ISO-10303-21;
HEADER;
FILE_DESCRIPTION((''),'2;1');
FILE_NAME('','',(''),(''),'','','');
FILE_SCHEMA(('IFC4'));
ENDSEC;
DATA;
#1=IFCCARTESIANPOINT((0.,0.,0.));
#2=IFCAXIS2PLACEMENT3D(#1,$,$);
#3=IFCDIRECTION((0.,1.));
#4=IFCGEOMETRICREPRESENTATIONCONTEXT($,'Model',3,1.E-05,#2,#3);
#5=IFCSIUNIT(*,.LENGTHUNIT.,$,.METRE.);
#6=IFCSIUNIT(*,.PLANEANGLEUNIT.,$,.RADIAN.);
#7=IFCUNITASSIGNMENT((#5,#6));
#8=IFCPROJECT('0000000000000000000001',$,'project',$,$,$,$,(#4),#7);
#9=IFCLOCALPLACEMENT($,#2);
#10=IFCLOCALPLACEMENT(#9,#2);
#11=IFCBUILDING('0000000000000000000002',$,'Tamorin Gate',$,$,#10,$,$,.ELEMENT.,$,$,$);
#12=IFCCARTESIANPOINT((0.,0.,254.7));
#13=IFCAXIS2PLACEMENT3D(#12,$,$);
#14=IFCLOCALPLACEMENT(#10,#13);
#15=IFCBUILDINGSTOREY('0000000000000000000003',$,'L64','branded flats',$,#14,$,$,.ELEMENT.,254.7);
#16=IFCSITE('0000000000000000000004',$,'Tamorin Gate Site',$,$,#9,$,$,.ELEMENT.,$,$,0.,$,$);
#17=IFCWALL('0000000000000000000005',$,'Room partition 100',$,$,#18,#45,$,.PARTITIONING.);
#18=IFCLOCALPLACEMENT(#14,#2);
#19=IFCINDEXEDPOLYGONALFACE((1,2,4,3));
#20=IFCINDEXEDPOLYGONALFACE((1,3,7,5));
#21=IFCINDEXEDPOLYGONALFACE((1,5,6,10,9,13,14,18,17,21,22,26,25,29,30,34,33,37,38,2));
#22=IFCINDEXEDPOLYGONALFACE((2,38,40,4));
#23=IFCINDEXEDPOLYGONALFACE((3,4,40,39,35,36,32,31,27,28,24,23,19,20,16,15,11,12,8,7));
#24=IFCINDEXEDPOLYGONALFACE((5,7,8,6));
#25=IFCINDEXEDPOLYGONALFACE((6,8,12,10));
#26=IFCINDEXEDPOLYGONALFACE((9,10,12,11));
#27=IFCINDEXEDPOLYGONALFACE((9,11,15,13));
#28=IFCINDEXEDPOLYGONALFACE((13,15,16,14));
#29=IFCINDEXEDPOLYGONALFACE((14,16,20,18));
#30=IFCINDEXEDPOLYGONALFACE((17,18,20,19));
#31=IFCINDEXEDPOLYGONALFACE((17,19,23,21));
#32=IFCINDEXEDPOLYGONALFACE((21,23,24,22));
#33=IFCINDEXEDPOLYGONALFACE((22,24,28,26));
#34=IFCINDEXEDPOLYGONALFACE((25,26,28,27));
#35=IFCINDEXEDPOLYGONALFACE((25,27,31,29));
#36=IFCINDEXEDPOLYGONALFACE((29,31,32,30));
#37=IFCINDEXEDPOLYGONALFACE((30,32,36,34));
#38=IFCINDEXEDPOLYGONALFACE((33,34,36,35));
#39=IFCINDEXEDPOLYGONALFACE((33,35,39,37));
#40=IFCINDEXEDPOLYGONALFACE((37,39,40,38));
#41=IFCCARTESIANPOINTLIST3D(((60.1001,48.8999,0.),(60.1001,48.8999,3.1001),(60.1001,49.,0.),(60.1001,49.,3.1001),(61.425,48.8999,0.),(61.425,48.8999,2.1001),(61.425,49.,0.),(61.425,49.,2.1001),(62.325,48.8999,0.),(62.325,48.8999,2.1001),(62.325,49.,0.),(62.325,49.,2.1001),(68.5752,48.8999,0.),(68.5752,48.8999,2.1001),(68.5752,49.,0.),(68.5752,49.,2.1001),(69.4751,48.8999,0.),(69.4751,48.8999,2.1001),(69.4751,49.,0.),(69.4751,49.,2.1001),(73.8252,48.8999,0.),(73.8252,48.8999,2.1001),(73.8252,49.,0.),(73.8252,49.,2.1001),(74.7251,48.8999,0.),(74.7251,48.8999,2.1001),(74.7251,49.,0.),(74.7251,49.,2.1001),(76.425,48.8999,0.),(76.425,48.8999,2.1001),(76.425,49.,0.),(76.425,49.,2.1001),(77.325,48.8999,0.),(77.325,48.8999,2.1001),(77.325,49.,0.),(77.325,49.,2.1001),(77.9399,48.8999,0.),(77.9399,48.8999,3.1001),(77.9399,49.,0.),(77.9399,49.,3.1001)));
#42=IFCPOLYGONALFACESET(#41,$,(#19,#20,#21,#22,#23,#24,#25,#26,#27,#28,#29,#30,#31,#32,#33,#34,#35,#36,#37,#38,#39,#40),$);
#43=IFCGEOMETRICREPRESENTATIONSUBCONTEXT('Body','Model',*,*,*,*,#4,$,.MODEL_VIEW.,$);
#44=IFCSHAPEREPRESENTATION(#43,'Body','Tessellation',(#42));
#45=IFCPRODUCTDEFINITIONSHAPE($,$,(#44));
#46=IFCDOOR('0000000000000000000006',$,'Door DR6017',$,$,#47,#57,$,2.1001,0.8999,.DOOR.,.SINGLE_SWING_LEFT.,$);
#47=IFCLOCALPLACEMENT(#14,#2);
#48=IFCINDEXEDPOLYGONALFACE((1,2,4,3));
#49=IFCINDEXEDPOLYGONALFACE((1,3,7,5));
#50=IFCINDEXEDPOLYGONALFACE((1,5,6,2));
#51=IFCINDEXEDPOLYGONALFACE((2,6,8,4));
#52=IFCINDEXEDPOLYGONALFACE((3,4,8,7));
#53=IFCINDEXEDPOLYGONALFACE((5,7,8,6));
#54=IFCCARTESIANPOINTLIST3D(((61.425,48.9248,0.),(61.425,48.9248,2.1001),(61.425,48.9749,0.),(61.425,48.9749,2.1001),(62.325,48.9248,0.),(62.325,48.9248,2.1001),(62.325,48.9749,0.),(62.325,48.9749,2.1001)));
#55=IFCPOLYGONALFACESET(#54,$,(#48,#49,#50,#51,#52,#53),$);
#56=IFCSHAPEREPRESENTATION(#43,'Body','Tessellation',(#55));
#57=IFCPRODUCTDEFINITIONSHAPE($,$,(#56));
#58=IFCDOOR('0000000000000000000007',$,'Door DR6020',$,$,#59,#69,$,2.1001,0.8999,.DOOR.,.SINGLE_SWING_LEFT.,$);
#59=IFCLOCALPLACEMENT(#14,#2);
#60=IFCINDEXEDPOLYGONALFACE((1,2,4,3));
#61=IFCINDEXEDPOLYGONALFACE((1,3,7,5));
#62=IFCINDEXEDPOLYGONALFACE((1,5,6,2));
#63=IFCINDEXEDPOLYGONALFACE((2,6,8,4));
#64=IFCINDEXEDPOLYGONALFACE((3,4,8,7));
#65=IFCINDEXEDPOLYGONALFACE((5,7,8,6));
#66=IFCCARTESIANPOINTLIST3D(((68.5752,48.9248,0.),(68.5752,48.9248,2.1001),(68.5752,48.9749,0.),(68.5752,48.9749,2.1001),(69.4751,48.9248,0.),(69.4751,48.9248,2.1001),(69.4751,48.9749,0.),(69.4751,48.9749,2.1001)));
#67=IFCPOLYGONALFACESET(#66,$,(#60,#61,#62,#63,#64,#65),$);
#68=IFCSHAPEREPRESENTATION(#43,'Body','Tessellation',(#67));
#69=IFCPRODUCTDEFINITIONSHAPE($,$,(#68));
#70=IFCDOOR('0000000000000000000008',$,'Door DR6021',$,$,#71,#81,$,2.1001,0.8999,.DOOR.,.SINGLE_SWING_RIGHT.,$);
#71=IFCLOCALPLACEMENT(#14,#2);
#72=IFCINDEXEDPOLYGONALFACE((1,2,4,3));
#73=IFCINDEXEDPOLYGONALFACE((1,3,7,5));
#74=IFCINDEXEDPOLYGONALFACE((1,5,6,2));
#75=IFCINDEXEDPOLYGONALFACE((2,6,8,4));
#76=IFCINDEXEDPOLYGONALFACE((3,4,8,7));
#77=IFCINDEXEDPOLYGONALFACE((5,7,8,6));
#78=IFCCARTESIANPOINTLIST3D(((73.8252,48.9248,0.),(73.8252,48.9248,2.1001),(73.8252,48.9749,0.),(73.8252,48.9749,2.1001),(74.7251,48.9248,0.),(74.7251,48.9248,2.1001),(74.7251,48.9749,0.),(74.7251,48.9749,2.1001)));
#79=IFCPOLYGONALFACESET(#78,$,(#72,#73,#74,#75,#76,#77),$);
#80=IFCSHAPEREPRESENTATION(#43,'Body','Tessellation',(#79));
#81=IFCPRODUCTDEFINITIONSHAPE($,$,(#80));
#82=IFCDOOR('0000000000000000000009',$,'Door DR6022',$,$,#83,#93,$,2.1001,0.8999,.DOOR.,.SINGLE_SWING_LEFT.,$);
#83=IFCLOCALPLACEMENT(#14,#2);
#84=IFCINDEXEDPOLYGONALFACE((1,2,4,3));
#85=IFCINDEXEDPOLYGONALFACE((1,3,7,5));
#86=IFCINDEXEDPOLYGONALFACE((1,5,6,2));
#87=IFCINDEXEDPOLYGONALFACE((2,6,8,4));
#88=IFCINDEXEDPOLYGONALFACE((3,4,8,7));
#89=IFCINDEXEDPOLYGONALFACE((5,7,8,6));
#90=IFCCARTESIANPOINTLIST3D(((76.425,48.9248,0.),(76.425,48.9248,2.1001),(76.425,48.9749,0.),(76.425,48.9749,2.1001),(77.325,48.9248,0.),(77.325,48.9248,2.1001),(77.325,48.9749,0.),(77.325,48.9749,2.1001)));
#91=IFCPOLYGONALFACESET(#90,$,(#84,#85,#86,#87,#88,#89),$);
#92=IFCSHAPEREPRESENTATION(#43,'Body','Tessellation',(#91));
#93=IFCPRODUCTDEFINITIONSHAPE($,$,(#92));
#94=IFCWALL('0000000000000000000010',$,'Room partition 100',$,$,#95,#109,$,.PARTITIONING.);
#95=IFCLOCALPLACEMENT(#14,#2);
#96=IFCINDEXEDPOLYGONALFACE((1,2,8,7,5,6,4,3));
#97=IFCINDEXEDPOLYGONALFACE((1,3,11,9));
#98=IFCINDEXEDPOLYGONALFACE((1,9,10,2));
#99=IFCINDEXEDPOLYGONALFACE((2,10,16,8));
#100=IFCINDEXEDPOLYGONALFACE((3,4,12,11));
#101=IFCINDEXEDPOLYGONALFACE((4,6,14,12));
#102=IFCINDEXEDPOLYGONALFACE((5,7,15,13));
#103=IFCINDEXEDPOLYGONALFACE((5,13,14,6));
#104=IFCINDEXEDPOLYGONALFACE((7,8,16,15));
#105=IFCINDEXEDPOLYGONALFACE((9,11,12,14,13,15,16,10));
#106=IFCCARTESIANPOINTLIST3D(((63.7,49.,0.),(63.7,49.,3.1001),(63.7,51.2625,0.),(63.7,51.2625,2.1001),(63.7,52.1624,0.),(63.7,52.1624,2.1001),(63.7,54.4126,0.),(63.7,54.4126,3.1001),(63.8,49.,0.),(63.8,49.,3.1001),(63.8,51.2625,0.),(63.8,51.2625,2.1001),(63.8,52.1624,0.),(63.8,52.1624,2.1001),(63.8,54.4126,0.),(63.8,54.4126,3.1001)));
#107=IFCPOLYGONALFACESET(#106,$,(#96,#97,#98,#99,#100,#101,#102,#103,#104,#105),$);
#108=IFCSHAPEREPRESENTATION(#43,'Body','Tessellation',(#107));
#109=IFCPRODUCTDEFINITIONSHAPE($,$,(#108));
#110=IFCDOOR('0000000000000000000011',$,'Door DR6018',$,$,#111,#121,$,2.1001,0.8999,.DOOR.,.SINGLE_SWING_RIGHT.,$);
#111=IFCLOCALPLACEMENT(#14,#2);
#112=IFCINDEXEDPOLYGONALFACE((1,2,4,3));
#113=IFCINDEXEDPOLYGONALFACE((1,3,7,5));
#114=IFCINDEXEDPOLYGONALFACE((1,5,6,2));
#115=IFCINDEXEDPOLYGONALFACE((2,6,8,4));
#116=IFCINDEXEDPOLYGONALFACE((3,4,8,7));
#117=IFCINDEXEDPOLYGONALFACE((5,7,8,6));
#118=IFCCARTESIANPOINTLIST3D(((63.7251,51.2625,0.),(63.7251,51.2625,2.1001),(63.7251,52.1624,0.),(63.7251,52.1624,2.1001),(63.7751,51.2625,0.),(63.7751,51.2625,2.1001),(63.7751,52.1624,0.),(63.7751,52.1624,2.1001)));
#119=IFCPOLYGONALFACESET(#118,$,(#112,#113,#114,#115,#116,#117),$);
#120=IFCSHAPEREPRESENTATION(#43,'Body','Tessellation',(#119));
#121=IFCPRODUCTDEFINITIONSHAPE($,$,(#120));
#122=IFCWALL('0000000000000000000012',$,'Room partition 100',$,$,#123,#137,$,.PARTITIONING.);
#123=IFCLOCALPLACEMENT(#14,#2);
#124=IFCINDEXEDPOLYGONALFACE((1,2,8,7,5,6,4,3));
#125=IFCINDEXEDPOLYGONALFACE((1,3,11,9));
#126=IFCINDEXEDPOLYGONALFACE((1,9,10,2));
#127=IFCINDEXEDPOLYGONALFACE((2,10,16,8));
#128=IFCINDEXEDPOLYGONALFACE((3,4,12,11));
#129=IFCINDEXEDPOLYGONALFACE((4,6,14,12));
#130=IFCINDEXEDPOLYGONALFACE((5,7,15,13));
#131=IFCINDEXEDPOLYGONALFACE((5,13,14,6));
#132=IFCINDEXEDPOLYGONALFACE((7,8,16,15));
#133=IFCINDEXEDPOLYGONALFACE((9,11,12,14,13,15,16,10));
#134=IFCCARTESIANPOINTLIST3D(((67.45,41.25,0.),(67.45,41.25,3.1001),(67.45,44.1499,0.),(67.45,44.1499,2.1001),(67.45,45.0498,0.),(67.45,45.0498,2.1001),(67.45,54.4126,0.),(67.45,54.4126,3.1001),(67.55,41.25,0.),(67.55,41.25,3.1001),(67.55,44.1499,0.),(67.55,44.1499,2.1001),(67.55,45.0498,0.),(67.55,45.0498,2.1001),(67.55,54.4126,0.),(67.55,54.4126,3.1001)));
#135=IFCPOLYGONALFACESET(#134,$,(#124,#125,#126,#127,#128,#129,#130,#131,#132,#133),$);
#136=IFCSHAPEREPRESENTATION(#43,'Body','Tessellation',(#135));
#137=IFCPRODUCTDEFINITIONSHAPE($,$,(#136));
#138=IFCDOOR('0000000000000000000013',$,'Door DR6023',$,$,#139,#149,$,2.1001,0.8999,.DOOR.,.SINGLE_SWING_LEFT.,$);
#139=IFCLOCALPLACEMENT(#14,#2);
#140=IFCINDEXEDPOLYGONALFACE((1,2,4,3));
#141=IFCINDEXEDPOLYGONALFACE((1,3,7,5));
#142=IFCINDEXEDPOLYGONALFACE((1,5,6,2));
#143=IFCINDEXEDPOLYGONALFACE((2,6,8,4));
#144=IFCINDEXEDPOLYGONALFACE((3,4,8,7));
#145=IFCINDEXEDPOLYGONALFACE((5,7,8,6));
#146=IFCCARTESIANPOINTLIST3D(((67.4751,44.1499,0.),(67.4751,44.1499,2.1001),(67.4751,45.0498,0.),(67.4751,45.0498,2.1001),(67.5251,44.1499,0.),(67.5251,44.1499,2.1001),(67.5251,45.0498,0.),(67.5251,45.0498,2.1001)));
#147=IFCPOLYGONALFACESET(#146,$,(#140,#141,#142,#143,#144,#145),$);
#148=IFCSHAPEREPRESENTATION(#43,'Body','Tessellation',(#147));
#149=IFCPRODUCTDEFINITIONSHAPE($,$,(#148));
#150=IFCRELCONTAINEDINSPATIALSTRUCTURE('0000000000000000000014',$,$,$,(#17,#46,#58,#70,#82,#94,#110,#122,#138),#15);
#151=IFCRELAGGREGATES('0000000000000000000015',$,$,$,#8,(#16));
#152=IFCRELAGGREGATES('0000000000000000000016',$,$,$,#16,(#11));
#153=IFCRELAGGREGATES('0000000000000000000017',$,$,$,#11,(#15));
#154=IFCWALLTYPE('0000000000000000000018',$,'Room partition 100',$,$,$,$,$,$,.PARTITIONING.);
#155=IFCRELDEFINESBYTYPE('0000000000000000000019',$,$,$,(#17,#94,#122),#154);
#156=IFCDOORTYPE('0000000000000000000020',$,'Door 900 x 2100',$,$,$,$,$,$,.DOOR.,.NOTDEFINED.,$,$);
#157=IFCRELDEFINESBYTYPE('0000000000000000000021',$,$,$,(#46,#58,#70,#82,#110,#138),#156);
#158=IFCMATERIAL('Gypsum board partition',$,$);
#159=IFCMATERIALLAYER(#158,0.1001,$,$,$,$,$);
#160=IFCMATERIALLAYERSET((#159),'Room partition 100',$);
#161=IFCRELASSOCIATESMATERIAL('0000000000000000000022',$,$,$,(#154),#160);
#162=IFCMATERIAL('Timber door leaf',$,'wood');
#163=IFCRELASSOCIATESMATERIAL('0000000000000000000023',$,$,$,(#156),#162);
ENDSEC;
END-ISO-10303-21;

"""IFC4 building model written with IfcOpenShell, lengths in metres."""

from ifc_helpers import new_model, si_unit, direction, frame, frame_2d, origin, place, context, subcontext, project, spatial, rectangle, extrude, material, layer, layer_set, type_object, element, fill, save


model = new_model("IFC4")

# Units and contexts
model_context = context("Model", 3, precision=1e-05, world=origin(), true_north=direction((0.0, 1.0)))
body_context = subcontext(model_context, "Body", "Model", "MODEL_VIEW")
ifc_project = project(units=[si_unit("LENGTHUNIT", "METRE"), si_unit("PLANEANGLEUNIT", "RADIAN")], contexts=[model_context])

# Site, building, storey
site_placement = place(None, origin())
site = spatial("IfcSite", under=ifc_project, at=site_placement, Name="Tamorin Gate Site", CompositionType="ELEMENT", RefElevation=0.0)
building_placement = place(site_placement, origin())
building = spatial("IfcBuilding", under=site, at=building_placement, Name="Tamorin Gate", CompositionType="ELEMENT")
storey_placement = place(building_placement, frame((0.0, 0.0, 254.7)))
storey = spatial("IfcBuildingStorey", under=building, at=storey_placement, Name="L64", Description="branded flats", CompositionType="ELEMENT", Elevation=254.7)

# Wall, openings, doors
ifc_material_1 = material(Name="Gypsum board partition")
ifc_layer_1 = layer(ifc_material_1, 0.1001)
ifc_layer_set_1 = layer_set([ifc_layer_1], Name="Room partition 100")
wall_type_1 = type_object("IfcWallType", Name="Room partition 100", PredefinedType="PARTITIONING", material=ifc_layer_set_1)
wall_1_placement = place(storey_placement, frame((60.1001, 48.95, 0.0), z_axis=(0.0, 0.0, 1.0), x_axis=(1.0, 0.0, 0.0)))
wall_1 = element("IfcWall", 1, at=wall_1_placement, inside=storey, type_object=wall_type_1, Name="Room partition 100", PredefinedType="PARTITIONING", context=body_context, shape_type="SweptSolid", body=[
    extrude(rectangle(XDim=17.8398, YDim=0.1001, at=frame_2d((8.9199, 0.0))), origin(), (0.0, 0.0, 1.0), 3.1001),
])
opening_1_placement = place(wall_1_placement, frame((1.325, 0.0, 0.0)))
opening_1 = element("IfcOpeningElement", 2, at=opening_1_placement, cuts=wall_1, PredefinedType="OPENING", context=body_context, shape_type="SweptSolid", body=[
    extrude(rectangle(XDim=0.8999, YDim=2.1001, at=frame_2d((0.45, 1.05))), frame((0.0, 0.0601, 0.0), z_axis=(0.0, -1.0, 0.0), x_axis=(1.0, 0.0, 0.0)), (0.0, 0.0, 1.0), 0.1201),
])
opening_2_placement = place(wall_1_placement, frame((8.4751, 0.0, 0.0)))
opening_2 = element("IfcOpeningElement", 3, at=opening_2_placement, cuts=wall_1, PredefinedType="OPENING", context=body_context, shape_type="SweptSolid", body=[
    extrude(rectangle(XDim=0.8999, YDim=2.1001, at=frame_2d((0.45, 1.05))), frame((0.0, 0.0601, 0.0), z_axis=(0.0, -1.0, 0.0), x_axis=(1.0, 0.0, 0.0)), (0.0, 0.0, 1.0), 0.1201),
])
opening_3_placement = place(wall_1_placement, frame((13.7251, 0.0, 0.0)))
opening_3 = element("IfcOpeningElement", 4, at=opening_3_placement, cuts=wall_1, PredefinedType="OPENING", context=body_context, shape_type="SweptSolid", body=[
    extrude(rectangle(XDim=0.8999, YDim=2.1001, at=frame_2d((0.45, 1.05))), frame((0.0, 0.0601, 0.0), z_axis=(0.0, -1.0, 0.0), x_axis=(1.0, 0.0, 0.0)), (0.0, 0.0, 1.0), 0.1201),
])
opening_4_placement = place(wall_1_placement, frame((16.325, 0.0, 0.0)))
opening_4 = element("IfcOpeningElement", 5, at=opening_4_placement, cuts=wall_1, PredefinedType="OPENING", context=body_context, shape_type="SweptSolid", body=[
    extrude(rectangle(XDim=0.8999, YDim=2.1001, at=frame_2d((0.45, 1.05))), frame((0.0, 0.0601, 0.0), z_axis=(0.0, -1.0, 0.0), x_axis=(1.0, 0.0, 0.0)), (0.0, 0.0, 1.0), 0.1201),
])
ifc_material_2 = material(Name="Timber door leaf", Category="wood")
door_type = type_object("IfcDoorType", Name="Door 900 x 2100", OperationType="NOTDEFINED", PredefinedType="DOOR", material=ifc_material_2)
door_1_placement = place(opening_1_placement, origin())
door_1 = element("IfcDoor", 6, at=door_1_placement, inside=storey, type_object=door_type, Name="Door DR6017", OperationType="SINGLE_SWING_LEFT", OverallHeight=2.1001, OverallWidth=0.8999, PredefinedType="DOOR", context=body_context, shape_type="SweptSolid", body=[
    extrude(rectangle(XDim=0.8999, YDim=2.1001, at=frame_2d((0.45, 1.05))), frame((0.0, 0.0249, 0.0), z_axis=(0.0, -1.0, 0.0), x_axis=(1.0, 0.0, 0.0)), (0.0, 0.0, 1.0), 0.05),
])
fill(opening_1, door_1)
door_2_placement = place(opening_2_placement, origin())
door_2 = element("IfcDoor", 7, at=door_2_placement, inside=storey, type_object=door_type, Name="Door DR6020", OperationType="SINGLE_SWING_LEFT", OverallHeight=2.1001, OverallWidth=0.8999, PredefinedType="DOOR", context=body_context, shape_type="SweptSolid", body=[
    extrude(rectangle(XDim=0.8999, YDim=2.1001, at=frame_2d((0.45, 1.05))), frame((0.0, 0.0249, 0.0), z_axis=(0.0, -1.0, 0.0), x_axis=(1.0, 0.0, 0.0)), (0.0, 0.0, 1.0), 0.05),
])
fill(opening_2, door_2)
door_3_placement = place(opening_3_placement, origin())
door_3 = element("IfcDoor", 8, at=door_3_placement, inside=storey, type_object=door_type, Name="Door DR6021", OperationType="SINGLE_SWING_RIGHT", OverallHeight=2.1001, OverallWidth=0.8999, PredefinedType="DOOR", context=body_context, shape_type="SweptSolid", body=[
    extrude(rectangle(XDim=0.8999, YDim=2.1001, at=frame_2d((0.45, 1.05))), frame((0.0, 0.0249, 0.0), z_axis=(0.0, -1.0, 0.0), x_axis=(1.0, 0.0, 0.0)), (0.0, 0.0, 1.0), 0.05),
])
fill(opening_3, door_3)
door_4_placement = place(opening_4_placement, origin())
door_4 = element("IfcDoor", 9, at=door_4_placement, inside=storey, type_object=door_type, Name="Door DR6022", OperationType="SINGLE_SWING_LEFT", OverallHeight=2.1001, OverallWidth=0.8999, PredefinedType="DOOR", context=body_context, shape_type="SweptSolid", body=[
    extrude(rectangle(XDim=0.8999, YDim=2.1001, at=frame_2d((0.45, 1.05))), frame((0.0, 0.0249, 0.0), z_axis=(0.0, -1.0, 0.0), x_axis=(1.0, 0.0, 0.0)), (0.0, 0.0, 1.0), 0.05),
])
fill(opening_4, door_4)

# Walls, openings, doors
wall_2_placement = place(storey_placement, frame((63.75, 49.0, 0.0), z_axis=(0.0, 0.0, 1.0), x_axis=(0.0, 1.0, 0.0)))
wall_2 = element("IfcWall", 10, at=wall_2_placement, inside=storey, type_object=wall_type_1, Name="Room partition 100", PredefinedType="PARTITIONING", context=body_context, shape_type="SweptSolid", body=[
    extrude(rectangle(XDim=5.4126, YDim=0.1001, at=frame_2d((2.7063, 0.0))), origin(), (0.0, 0.0, 1.0), 3.1001),
])
opening_5_placement = place(wall_2_placement, frame((2.2625, 0.0, 0.0)))
opening_5 = element("IfcOpeningElement", 11, at=opening_5_placement, cuts=wall_2, PredefinedType="OPENING", context=body_context, shape_type="SweptSolid", body=[
    extrude(rectangle(XDim=0.8999, YDim=2.1001, at=frame_2d((0.45, 1.05))), frame((0.0, 0.0601, 0.0), z_axis=(0.0, -1.0, 0.0), x_axis=(1.0, 0.0, 0.0)), (0.0, 0.0, 1.0), 0.1201),
])
door_5_placement = place(opening_5_placement, origin())
door_5 = element("IfcDoor", 12, at=door_5_placement, inside=storey, type_object=door_type, Name="Door DR6018", OperationType="SINGLE_SWING_RIGHT", OverallHeight=2.1001, OverallWidth=0.8999, PredefinedType="DOOR", context=body_context, shape_type="SweptSolid", body=[
    extrude(rectangle(XDim=0.8999, YDim=2.1001, at=frame_2d((0.45, 1.05))), frame((0.0, 0.0249, 0.0), z_axis=(0.0, -1.0, 0.0), x_axis=(1.0, 0.0, 0.0)), (0.0, 0.0, 1.0), 0.05),
])
fill(opening_5, door_5)
wall_3_placement = place(storey_placement, frame((67.5, 41.25, 0.0), z_axis=(0.0, 0.0, 1.0), x_axis=(0.0, 1.0, 0.0)))
wall_3 = element("IfcWall", 13, at=wall_3_placement, inside=storey, type_object=wall_type_1, Name="Room partition 100", PredefinedType="PARTITIONING", context=body_context, shape_type="SweptSolid", body=[
    extrude(rectangle(XDim=13.1626, YDim=0.1001, at=frame_2d((6.5813, 0.0))), origin(), (0.0, 0.0, 1.0), 3.1001),
])
opening_6_placement = place(wall_3_placement, frame((2.8999, 0.0, 0.0)))
opening_6 = element("IfcOpeningElement", 14, at=opening_6_placement, cuts=wall_3, PredefinedType="OPENING", context=body_context, shape_type="SweptSolid", body=[
    extrude(rectangle(XDim=0.8999, YDim=2.1001, at=frame_2d((0.45, 1.05))), frame((0.0, 0.0601, 0.0), z_axis=(0.0, -1.0, 0.0), x_axis=(1.0, 0.0, 0.0)), (0.0, 0.0, 1.0), 0.1201),
])
door_6_placement = place(opening_6_placement, origin())
door_6 = element("IfcDoor", 15, at=door_6_placement, inside=storey, type_object=door_type, Name="Door DR6023", OperationType="SINGLE_SWING_LEFT", OverallHeight=2.1001, OverallWidth=0.8999, PredefinedType="DOOR", context=body_context, shape_type="SweptSolid", body=[
    extrude(rectangle(XDim=0.8999, YDim=2.1001, at=frame_2d((0.45, 1.05))), frame((0.0, 0.0249, 0.0), z_axis=(0.0, -1.0, 0.0), x_axis=(1.0, 0.0, 0.0)), (0.0, 0.0, 1.0), 0.05),
])
fill(opening_6, door_6)

save(model, "model.ifc")
